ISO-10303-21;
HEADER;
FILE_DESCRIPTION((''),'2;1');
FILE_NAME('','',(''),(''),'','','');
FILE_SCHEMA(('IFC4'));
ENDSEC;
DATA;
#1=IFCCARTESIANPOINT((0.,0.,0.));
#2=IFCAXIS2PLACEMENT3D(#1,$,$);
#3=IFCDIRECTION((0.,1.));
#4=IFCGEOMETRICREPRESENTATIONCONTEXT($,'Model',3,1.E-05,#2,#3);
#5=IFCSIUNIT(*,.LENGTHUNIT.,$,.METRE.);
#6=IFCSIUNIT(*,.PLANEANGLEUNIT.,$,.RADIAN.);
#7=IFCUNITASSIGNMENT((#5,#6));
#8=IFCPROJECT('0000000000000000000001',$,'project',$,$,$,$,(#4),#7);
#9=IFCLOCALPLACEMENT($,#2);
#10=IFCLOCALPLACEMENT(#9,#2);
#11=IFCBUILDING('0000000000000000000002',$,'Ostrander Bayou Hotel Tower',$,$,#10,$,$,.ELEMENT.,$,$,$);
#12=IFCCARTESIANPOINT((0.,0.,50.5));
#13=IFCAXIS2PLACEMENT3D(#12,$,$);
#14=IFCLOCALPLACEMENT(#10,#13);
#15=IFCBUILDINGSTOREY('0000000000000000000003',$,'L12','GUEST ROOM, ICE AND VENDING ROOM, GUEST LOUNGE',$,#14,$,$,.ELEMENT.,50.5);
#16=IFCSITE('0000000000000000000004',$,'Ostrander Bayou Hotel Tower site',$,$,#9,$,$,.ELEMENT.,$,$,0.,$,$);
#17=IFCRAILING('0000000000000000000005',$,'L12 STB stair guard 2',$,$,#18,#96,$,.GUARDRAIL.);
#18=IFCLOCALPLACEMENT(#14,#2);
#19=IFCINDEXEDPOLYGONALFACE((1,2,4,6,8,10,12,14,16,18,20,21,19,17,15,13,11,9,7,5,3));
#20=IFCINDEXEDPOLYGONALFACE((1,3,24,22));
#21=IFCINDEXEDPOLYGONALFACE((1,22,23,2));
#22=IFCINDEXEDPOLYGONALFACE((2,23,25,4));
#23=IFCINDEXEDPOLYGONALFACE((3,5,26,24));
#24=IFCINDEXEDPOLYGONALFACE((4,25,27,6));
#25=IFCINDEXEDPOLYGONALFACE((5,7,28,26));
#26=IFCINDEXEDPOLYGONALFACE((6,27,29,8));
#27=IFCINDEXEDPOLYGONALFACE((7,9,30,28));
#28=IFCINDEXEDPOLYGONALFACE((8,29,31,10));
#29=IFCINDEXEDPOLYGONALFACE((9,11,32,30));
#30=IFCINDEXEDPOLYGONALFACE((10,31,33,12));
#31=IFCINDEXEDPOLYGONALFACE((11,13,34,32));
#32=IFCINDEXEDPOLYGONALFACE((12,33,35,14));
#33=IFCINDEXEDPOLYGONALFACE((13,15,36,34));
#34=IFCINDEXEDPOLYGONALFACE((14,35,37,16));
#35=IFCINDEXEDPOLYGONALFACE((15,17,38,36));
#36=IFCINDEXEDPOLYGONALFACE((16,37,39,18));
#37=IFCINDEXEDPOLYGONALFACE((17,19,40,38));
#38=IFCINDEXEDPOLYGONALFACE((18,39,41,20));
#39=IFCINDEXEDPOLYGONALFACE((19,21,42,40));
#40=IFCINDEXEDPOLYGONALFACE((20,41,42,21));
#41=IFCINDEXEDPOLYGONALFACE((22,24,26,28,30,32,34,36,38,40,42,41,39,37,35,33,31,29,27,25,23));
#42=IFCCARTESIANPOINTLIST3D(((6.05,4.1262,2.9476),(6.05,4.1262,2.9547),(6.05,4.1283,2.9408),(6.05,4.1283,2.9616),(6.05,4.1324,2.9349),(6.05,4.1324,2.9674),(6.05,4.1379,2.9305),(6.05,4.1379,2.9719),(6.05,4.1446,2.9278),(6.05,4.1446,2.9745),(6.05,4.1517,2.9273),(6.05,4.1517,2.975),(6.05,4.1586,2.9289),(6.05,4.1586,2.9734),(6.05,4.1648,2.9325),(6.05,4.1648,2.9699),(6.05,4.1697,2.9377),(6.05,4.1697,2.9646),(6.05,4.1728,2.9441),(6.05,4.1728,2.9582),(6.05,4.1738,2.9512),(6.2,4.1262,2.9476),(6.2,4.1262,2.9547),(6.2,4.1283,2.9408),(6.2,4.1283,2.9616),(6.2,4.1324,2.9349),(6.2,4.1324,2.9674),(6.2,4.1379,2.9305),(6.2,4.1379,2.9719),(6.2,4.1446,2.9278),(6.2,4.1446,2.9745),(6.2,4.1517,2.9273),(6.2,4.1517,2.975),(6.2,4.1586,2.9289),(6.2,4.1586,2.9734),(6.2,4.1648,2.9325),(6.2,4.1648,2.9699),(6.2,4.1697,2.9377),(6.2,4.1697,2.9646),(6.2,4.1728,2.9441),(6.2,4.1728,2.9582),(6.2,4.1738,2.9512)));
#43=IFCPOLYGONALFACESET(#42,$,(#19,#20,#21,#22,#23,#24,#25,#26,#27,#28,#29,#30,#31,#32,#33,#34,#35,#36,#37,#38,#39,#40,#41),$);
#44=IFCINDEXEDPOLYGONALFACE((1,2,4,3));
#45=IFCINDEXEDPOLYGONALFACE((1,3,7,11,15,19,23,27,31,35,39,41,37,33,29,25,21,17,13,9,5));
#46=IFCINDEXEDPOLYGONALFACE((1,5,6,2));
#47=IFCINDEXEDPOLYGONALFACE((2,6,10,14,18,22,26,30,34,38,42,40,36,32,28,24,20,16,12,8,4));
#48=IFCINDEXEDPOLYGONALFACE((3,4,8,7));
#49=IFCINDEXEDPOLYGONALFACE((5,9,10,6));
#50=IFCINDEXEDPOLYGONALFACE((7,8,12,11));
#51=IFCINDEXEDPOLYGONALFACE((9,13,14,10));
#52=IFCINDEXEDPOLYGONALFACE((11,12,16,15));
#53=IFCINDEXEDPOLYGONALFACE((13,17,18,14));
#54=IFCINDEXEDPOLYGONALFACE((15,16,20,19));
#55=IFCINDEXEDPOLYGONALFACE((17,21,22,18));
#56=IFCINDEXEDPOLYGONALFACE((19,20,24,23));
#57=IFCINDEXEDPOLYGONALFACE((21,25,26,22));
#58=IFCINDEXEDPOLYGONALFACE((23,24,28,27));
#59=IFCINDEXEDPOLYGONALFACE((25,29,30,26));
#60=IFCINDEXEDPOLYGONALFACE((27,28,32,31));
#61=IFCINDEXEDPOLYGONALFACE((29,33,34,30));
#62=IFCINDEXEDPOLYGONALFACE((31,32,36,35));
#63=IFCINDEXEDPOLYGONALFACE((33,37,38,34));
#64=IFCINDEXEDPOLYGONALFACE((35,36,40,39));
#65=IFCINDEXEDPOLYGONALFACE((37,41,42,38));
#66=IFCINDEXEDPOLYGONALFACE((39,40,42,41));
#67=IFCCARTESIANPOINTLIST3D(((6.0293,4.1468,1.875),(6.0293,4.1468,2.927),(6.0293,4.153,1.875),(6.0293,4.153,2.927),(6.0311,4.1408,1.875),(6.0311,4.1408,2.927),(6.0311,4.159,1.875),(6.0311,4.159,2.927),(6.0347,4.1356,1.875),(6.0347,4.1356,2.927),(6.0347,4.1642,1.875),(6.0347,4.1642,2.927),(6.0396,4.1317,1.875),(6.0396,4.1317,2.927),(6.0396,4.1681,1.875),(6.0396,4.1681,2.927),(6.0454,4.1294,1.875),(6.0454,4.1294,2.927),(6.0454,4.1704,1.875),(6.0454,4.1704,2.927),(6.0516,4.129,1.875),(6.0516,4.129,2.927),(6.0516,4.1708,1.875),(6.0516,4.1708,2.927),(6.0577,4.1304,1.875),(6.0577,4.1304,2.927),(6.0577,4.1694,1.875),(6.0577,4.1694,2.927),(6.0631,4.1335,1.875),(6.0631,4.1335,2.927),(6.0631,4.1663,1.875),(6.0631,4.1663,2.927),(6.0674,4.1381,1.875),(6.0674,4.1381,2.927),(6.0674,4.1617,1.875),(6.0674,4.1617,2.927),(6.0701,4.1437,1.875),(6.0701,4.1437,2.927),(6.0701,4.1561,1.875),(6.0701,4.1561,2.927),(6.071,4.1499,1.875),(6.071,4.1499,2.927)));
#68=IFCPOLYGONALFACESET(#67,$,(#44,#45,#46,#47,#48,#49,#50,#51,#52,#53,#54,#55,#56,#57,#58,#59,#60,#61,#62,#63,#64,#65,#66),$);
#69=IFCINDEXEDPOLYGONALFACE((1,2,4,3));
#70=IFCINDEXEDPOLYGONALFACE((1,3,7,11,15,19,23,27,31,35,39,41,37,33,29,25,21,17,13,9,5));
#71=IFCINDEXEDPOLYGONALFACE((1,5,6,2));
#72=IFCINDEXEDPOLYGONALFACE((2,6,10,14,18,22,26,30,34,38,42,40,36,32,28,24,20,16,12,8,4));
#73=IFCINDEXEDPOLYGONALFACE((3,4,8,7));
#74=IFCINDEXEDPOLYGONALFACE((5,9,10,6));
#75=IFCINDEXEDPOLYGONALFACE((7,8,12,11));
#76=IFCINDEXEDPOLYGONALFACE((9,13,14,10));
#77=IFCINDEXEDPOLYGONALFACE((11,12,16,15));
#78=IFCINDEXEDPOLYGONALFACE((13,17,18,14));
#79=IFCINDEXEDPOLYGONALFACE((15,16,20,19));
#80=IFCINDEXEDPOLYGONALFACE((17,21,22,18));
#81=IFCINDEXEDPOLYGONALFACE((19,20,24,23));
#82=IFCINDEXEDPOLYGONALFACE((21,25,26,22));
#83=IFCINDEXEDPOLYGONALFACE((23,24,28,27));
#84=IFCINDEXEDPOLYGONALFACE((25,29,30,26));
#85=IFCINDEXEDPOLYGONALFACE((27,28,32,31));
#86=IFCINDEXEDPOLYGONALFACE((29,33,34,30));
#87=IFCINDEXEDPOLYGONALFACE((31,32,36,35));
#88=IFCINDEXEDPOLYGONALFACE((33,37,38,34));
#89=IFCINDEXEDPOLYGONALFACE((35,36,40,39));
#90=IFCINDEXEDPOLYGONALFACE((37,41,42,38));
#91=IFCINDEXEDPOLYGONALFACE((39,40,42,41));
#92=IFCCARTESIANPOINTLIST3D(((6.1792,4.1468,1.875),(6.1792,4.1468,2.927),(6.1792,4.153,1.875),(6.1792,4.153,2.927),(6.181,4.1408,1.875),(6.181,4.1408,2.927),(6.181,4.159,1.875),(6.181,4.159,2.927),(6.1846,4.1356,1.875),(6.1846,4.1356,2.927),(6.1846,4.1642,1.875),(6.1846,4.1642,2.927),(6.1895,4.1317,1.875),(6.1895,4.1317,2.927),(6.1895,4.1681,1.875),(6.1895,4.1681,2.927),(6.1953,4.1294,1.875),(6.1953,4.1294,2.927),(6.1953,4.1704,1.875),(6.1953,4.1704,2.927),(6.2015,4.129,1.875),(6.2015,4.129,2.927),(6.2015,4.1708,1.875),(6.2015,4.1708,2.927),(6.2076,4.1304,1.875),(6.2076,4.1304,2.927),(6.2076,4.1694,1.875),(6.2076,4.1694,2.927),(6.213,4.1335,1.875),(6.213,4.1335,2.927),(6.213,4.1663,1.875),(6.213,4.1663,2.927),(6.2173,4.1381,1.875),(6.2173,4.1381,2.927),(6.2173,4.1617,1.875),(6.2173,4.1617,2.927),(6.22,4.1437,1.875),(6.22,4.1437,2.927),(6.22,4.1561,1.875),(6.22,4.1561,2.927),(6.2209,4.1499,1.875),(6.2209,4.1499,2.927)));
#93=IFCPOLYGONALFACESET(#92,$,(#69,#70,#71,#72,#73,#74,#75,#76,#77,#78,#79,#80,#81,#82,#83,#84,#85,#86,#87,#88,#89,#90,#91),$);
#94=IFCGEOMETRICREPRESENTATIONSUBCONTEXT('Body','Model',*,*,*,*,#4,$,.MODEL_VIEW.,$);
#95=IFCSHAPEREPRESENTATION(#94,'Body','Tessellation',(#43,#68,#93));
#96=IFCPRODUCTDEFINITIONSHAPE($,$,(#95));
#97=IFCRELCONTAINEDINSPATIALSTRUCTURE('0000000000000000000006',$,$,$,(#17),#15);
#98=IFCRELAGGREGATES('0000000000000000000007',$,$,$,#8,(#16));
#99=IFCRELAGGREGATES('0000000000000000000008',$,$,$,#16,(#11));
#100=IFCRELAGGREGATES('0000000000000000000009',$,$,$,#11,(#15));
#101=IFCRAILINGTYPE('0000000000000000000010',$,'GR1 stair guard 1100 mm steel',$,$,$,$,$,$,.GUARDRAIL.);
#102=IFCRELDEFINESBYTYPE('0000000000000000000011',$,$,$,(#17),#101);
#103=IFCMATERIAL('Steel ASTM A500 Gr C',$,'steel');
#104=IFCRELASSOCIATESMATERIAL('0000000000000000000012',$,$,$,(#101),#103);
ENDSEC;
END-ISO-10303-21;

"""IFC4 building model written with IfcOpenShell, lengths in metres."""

from ifc_helpers import new_model, si_unit, direction, frame, origin, origin_2d, place, context, subcontext, project, spatial, circle, extrude, material, type_object, element, save


model = new_model("IFC4")

# Units and contexts
model_context = context("Model", 3, precision=1e-05, world=origin(), true_north=direction((0.0, 1.0)))
body_context = subcontext(model_context, "Body", "Model", "MODEL_VIEW")
ifc_project = project(units=[si_unit("LENGTHUNIT", "METRE"), si_unit("PLANEANGLEUNIT", "RADIAN")], contexts=[model_context])

# Site, building, storey
site_placement = place(None, origin())
site = spatial("IfcSite", under=ifc_project, at=site_placement, Name="Ostrander Bayou Hotel Tower site", CompositionType="ELEMENT", RefElevation=0.0)
building_placement = place(site_placement, origin())
building = spatial("IfcBuilding", under=site, at=building_placement, Name="Ostrander Bayou Hotel Tower", CompositionType="ELEMENT")
storey_placement = place(building_placement, frame((0.0, 0.0, 50.5)))
storey = spatial("IfcBuildingStorey", under=building, at=storey_placement, Name="L12", Description="GUEST ROOM, ICE AND VENDING ROOM, GUEST LOUNGE", CompositionType="ELEMENT", Elevation=50.5)

# Railing
ifc_material_1 = material(Name="Steel ASTM A500 Gr C", Category="steel")
railing_type_1 = type_object("IfcRailingType", Name="GR1 stair guard 1100 mm steel", PredefinedType="GUARDRAIL", material=ifc_material_1)
railing_1_placement = place(storey_placement, frame((6.05, 4.1499, 1.875)))
element("IfcRailing", 1, at=railing_1_placement, inside=storey, type_object=railing_type_1, Name="L12 STB stair guard 2", PredefinedType="GUARDRAIL", context=body_context, shape_type="SweptSolid", body=[
    extrude(circle(Radius=0.0239, at=origin_2d()), frame((0.0, 0.0, 1.0762), z_axis=(1.0, 0.0, 0.0), x_axis=(0.0, 1.0, 0.0)), (0.0, 0.0, 1.0), 0.1499),
    extrude(circle(Radius=0.021, at=origin_2d()), origin(), (0.0, 0.0, 1.0), 1.052),
    extrude(circle(Radius=0.021, at=origin_2d()), frame((0.1499, 0.0, 0.0)), (0.0, 0.0, 1.0), 1.052),
])

save(model, "model.ifc")
